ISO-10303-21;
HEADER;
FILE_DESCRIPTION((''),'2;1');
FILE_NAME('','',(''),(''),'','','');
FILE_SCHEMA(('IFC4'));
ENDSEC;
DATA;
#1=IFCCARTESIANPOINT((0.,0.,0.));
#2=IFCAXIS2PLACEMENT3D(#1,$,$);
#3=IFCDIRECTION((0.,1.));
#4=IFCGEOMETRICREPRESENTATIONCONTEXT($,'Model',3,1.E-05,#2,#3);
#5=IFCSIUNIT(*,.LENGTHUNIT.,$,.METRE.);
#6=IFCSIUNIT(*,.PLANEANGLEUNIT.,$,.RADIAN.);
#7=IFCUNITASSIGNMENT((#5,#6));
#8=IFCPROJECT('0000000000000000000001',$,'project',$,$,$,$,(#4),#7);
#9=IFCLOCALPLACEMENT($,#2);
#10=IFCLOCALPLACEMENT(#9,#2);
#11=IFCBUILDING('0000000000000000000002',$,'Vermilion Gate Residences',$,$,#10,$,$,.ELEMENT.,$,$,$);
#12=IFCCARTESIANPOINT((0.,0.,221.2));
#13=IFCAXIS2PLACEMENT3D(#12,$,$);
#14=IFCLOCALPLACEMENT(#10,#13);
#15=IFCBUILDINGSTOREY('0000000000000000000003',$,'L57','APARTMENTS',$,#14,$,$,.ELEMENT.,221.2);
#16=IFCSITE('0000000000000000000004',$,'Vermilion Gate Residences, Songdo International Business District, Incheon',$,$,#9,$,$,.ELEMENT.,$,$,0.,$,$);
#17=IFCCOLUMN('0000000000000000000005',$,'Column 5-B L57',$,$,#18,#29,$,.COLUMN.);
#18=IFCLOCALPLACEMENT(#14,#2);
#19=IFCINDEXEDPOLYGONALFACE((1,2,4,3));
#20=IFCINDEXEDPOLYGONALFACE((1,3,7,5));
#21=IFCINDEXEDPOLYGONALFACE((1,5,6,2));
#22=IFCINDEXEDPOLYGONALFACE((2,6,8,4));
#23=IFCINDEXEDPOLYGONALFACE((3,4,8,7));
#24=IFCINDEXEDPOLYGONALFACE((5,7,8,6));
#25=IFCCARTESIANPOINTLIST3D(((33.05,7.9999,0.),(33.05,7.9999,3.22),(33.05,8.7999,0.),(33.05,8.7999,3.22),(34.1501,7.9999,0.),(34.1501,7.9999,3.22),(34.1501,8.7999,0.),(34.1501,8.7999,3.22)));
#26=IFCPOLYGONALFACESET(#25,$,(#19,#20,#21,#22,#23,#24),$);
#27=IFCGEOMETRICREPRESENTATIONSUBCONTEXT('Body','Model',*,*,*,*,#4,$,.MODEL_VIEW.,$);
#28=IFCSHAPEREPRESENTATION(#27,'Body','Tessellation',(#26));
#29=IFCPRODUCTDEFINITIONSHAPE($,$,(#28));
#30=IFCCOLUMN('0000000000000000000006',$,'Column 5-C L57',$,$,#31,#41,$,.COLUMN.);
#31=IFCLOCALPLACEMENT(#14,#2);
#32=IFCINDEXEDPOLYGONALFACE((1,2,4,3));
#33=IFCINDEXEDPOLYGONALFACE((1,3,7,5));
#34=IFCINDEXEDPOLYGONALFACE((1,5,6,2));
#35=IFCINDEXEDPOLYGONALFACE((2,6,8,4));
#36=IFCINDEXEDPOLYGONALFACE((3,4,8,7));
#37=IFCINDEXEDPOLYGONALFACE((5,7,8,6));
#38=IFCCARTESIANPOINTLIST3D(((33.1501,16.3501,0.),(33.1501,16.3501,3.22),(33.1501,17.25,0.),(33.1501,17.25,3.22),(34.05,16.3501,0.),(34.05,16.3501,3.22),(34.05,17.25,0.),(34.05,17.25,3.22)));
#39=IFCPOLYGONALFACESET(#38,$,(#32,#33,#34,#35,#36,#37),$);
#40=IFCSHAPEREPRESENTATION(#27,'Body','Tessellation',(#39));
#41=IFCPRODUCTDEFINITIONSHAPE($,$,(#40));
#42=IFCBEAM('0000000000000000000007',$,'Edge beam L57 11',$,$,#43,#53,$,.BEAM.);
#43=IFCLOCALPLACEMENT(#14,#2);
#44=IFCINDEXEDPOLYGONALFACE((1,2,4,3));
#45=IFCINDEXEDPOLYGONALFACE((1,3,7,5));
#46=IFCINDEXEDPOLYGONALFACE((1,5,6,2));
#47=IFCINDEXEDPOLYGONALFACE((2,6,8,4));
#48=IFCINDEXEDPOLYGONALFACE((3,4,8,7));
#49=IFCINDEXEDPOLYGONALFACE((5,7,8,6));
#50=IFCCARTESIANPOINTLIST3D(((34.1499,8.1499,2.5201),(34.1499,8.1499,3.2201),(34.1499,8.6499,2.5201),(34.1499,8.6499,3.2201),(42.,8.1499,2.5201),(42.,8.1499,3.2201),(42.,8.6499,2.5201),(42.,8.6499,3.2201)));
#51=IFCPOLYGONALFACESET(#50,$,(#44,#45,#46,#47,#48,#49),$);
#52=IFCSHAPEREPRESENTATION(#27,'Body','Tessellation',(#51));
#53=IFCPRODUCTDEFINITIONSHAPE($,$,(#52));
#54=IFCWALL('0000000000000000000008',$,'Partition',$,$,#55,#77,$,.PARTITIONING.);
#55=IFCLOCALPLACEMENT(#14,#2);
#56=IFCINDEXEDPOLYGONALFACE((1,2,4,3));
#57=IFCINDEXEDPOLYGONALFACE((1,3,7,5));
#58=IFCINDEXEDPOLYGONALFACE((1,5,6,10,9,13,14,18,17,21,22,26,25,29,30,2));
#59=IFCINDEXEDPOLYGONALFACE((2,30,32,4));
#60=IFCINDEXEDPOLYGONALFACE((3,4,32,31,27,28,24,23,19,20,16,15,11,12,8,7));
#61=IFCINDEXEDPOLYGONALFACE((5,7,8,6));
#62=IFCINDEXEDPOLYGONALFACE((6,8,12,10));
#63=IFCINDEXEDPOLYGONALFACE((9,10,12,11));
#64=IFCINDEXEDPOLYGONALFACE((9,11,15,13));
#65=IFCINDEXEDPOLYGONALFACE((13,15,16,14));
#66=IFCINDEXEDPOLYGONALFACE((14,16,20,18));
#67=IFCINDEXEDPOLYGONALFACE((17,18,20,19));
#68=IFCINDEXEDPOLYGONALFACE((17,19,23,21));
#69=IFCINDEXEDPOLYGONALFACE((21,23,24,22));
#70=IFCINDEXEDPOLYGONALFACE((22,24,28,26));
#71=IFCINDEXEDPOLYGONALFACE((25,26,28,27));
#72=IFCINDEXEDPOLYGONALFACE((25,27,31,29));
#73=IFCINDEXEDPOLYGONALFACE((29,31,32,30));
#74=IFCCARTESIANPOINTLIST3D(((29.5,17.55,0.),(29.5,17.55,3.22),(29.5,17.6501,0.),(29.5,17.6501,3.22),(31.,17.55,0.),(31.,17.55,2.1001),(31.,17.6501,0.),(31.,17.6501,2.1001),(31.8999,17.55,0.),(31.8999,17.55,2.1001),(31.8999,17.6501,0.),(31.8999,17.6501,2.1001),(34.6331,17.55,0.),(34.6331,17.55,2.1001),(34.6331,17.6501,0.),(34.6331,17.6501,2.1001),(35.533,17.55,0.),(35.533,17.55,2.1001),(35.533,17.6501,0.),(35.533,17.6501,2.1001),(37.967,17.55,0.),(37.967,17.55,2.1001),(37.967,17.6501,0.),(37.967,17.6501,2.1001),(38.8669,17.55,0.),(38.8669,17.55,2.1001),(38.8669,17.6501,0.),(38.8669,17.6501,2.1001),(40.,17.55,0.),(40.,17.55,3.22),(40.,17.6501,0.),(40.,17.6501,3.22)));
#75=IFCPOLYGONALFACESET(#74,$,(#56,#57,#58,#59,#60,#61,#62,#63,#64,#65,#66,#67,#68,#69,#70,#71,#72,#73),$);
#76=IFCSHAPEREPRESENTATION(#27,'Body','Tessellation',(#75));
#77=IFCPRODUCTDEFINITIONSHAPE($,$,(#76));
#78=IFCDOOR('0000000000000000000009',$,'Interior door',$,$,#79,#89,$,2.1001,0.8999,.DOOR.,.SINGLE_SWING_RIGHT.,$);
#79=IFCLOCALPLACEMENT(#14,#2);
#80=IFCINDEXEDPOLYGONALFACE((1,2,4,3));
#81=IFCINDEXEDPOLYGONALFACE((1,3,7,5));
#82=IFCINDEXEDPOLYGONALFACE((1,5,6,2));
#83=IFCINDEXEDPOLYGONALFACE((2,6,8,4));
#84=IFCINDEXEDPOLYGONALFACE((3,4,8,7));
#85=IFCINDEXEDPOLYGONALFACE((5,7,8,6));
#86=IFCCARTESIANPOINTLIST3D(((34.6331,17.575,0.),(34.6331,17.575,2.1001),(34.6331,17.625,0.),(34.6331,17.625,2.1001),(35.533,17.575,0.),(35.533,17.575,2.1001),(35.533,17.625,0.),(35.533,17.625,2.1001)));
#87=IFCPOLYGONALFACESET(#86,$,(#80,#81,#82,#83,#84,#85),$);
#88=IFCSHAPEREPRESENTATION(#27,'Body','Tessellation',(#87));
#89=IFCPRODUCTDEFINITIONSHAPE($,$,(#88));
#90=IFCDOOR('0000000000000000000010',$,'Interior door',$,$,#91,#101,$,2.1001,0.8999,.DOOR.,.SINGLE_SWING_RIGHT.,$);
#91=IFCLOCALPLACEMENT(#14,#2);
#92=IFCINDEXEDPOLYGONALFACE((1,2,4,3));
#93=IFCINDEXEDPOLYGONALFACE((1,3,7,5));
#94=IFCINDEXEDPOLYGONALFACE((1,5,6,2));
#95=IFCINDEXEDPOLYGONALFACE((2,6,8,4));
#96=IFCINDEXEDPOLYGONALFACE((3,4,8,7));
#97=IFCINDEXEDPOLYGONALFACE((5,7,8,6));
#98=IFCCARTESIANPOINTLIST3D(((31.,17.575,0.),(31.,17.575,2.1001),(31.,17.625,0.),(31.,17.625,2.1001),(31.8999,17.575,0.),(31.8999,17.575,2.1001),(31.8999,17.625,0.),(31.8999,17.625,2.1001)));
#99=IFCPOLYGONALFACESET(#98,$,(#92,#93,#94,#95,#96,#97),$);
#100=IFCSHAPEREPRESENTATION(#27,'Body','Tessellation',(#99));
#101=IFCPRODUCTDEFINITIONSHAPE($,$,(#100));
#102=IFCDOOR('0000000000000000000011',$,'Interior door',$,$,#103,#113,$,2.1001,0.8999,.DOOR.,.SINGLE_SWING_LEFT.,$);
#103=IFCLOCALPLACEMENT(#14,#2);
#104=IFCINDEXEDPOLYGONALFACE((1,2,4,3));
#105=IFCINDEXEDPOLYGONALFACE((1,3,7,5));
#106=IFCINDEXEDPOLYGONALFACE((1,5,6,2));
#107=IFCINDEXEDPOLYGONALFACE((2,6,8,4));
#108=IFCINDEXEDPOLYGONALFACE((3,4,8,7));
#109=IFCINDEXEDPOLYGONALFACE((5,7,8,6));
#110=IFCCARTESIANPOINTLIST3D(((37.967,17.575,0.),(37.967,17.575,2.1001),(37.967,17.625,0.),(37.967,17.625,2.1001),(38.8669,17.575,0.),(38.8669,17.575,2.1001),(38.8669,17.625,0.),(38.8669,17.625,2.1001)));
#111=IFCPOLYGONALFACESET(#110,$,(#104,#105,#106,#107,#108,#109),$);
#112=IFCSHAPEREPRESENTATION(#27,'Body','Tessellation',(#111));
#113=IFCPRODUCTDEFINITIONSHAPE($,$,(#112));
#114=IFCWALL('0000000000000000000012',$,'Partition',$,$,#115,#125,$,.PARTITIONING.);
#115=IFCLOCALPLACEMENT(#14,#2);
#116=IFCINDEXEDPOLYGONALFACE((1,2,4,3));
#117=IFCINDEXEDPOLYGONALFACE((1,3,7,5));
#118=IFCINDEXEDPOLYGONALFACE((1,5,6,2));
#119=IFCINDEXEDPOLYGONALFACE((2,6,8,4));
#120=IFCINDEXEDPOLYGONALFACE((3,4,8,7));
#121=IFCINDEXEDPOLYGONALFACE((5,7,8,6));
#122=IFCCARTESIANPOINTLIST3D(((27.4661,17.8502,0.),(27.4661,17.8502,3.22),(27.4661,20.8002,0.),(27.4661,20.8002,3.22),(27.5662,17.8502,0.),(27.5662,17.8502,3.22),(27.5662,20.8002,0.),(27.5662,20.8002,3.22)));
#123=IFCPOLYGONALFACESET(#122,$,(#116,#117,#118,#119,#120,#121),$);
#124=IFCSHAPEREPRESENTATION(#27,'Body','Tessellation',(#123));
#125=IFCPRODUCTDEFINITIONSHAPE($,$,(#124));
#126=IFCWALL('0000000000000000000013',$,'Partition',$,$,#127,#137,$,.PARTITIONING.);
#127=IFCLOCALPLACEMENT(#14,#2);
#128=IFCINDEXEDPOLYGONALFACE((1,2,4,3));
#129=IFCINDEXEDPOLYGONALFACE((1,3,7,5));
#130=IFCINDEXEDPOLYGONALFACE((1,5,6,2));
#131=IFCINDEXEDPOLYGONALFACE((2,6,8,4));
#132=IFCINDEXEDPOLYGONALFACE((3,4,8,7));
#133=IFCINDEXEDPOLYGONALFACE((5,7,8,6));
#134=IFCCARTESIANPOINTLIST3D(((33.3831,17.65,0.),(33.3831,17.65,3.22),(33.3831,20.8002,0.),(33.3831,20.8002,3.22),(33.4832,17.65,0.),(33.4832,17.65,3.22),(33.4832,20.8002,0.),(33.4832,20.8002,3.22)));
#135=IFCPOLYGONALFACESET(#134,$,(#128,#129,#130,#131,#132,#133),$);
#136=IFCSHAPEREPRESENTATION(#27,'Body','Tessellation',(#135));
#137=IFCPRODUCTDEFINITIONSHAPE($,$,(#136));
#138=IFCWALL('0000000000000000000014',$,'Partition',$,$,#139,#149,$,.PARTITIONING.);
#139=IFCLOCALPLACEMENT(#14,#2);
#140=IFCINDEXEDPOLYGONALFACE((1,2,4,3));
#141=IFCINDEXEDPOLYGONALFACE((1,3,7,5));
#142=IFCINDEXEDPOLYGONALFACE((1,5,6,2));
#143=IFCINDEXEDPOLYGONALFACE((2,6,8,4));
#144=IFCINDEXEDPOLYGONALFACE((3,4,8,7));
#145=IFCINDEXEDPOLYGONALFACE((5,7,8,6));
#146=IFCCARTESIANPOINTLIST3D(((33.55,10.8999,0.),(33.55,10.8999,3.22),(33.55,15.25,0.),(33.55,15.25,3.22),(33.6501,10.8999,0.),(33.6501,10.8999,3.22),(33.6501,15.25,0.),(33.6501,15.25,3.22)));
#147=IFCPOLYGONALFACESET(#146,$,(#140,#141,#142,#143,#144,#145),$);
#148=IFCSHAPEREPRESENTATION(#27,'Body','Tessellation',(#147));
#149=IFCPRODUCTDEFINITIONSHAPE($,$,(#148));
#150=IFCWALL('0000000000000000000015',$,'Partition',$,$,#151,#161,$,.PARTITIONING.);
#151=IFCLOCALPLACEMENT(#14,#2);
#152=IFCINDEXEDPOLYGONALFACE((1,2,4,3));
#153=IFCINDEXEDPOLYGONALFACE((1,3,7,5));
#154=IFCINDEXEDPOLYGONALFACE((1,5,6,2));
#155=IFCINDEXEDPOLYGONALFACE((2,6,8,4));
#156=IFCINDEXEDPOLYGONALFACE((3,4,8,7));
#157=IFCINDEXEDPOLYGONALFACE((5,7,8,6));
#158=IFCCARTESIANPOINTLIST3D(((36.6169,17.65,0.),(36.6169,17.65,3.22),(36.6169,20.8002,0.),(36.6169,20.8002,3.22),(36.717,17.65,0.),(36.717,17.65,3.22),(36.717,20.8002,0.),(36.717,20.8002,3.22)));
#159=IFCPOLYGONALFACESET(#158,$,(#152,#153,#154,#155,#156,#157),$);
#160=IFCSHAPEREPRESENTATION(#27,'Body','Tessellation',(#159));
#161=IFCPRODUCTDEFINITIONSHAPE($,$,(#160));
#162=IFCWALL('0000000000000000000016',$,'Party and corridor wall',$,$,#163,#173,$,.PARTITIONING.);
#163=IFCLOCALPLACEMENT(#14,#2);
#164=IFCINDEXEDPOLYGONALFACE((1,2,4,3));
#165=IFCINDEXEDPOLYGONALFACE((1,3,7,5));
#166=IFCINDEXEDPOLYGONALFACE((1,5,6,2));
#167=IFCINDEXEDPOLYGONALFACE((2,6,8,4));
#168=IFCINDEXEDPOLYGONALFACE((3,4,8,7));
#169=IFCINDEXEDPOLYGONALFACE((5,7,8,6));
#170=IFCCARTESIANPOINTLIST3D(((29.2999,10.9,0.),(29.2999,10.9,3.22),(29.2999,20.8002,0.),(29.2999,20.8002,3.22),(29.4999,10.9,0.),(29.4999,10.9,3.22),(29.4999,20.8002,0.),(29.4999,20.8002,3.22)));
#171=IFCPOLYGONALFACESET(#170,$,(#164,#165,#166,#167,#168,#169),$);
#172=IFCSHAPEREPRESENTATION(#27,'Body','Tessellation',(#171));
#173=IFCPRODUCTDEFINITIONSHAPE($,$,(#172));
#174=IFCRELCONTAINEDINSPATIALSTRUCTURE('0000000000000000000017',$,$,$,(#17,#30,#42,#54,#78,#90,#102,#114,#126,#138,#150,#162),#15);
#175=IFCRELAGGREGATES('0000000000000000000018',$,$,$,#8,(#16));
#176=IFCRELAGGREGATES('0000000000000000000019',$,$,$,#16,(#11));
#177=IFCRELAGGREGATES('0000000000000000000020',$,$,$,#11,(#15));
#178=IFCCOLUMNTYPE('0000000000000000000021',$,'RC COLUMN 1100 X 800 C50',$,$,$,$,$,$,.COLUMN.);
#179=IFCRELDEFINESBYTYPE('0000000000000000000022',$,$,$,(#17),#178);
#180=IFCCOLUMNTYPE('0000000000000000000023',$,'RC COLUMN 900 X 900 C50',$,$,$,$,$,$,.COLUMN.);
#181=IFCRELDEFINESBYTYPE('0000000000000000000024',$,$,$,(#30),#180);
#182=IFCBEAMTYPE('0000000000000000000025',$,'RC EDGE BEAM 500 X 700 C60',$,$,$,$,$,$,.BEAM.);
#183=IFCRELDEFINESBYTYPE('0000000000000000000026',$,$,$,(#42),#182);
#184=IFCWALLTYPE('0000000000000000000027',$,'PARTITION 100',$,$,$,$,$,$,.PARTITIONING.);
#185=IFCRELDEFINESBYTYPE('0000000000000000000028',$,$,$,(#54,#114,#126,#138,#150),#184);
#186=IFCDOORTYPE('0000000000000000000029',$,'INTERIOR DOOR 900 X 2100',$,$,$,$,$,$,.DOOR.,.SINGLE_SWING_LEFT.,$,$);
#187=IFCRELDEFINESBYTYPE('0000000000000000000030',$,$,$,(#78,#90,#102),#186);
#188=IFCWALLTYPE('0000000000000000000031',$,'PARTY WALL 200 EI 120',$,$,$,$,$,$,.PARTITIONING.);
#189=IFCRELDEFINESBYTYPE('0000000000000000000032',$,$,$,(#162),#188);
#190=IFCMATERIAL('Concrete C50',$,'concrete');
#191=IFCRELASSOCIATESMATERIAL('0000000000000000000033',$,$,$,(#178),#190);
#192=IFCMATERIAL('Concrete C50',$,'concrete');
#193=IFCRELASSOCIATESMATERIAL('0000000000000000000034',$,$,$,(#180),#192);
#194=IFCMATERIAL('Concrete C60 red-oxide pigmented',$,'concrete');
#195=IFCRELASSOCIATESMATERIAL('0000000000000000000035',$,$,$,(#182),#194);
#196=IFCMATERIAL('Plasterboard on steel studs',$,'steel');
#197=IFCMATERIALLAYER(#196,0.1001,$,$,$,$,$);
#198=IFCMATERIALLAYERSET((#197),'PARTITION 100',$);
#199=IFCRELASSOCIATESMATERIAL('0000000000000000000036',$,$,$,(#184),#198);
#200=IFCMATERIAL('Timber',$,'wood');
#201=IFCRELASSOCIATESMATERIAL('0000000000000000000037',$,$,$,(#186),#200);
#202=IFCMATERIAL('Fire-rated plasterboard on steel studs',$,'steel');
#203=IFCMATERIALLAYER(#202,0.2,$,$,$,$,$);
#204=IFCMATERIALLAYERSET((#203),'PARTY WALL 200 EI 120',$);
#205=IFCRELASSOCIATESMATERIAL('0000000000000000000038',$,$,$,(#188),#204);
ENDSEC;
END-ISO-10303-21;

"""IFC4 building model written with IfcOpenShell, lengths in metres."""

from ifc_helpers import new_model, si_unit, direction, frame, frame_2d, origin, origin_2d, place, context, subcontext, project, spatial, rectangle, extrude, material, layer, layer_set, material_profile, profile_set, type_object, element, fill, save


model = new_model("IFC4")

# Units and contexts
model_context = context("Model", 3, precision=1e-05, world=origin(), true_north=direction((0.0, 1.0)))
body_context = subcontext(model_context, "Body", "Model", "MODEL_VIEW")
ifc_project = project(units=[si_unit("LENGTHUNIT", "METRE"), si_unit("PLANEANGLEUNIT", "RADIAN")], contexts=[model_context])

# Site, building, storey
site_placement = place(None, origin())
site = spatial("IfcSite", under=ifc_project, at=site_placement, Name="Vermilion Gate Residences, Songdo International Business District, Incheon", CompositionType="ELEMENT", RefElevation=0.0)
building_placement = place(site_placement, origin())
building = spatial("IfcBuilding", under=site, at=building_placement, Name="Vermilion Gate Residences", CompositionType="ELEMENT")
storey_placement = place(building_placement, frame((0.0, 0.0, 221.2)))
storey = spatial("IfcBuildingStorey", under=building, at=storey_placement, Name="L57", Description="APARTMENTS", CompositionType="ELEMENT", Elevation=221.2)

# Columns
ifc_material_1 = material(Name="Concrete C50", Category="concrete")
ifc_material_profile_1 = material_profile(ifc_material_1, rectangle(XDim=1.1001, YDim=0.8, at=origin_2d()), Name="RC-1100x800")
ifc_profile_set_1 = profile_set([ifc_material_profile_1], Name="Concrete C50")
column_type_1 = type_object("IfcColumnType", Name="RC COLUMN 1100 X 800 C50", PredefinedType="COLUMN", material=ifc_profile_set_1)
column_1_placement = place(storey_placement, frame((33.6001, 8.3999, 0.0), z_axis=(0.0, 0.0, 1.0), x_axis=(1.0, 0.0, 0.0)))
element("IfcColumn", 1, at=column_1_placement, inside=storey, type_object=column_type_1, Name="Column 5-B L57", PredefinedType="COLUMN", context=body_context, shape_type="SweptSolid", body=[
    extrude(rectangle(XDim=1.1001, YDim=0.8, at=origin_2d()), origin(), (0.0, 0.0, 1.0), 3.22),
])
ifc_material_2 = material(Name="Concrete C50", Category="concrete")
ifc_material_profile_2 = material_profile(ifc_material_2, rectangle(XDim=0.8999, YDim=0.8999, at=origin_2d()), Name="RC-900x900")
ifc_profile_set_2 = profile_set([ifc_material_profile_2], Name="Concrete C50")
column_type_2 = type_object("IfcColumnType", Name="RC COLUMN 900 X 900 C50", PredefinedType="COLUMN", material=ifc_profile_set_2)
column_2_placement = place(storey_placement, frame((33.6001, 16.8, 0.0), z_axis=(0.0, 0.0, 1.0), x_axis=(1.0, 0.0, 0.0)))
element("IfcColumn", 2, at=column_2_placement, inside=storey, type_object=column_type_2, Name="Column 5-C L57", PredefinedType="COLUMN", context=body_context, shape_type="SweptSolid", body=[
    extrude(rectangle(XDim=0.8999, YDim=0.8999, at=origin_2d()), origin(), (0.0, 0.0, 1.0), 3.22),
])

# Beam
ifc_material_3 = material(Name="Concrete C60 red-oxide pigmented", Category="concrete")
ifc_material_profile_3 = material_profile(ifc_material_3, rectangle(XDim=0.5, YDim=0.7, at=origin_2d()), Name="RC-500x700")
ifc_profile_set_3 = profile_set([ifc_material_profile_3], Name="Concrete C60 red-oxide pigmented")
beam_type = type_object("IfcBeamType", Name="RC EDGE BEAM 500 X 700 C60", PredefinedType="BEAM", material=ifc_profile_set_3)
beam_placement = place(storey_placement, frame((34.1499, 8.3999, 2.8701), z_axis=(1.0, 0.0, 0.0), x_axis=(0.0, 1.0, 0.0)))
element("IfcBeam", 3, at=beam_placement, inside=storey, type_object=beam_type, Name="Edge beam L57 11", PredefinedType="BEAM", context=body_context, shape_type="SweptSolid", body=[
    extrude(rectangle(XDim=0.5, YDim=0.7, at=origin_2d()), origin(), (0.0, 0.0, 1.0), 7.8501),
])

# Wall, openings, doors
ifc_material_4 = material(Name="Plasterboard on steel studs", Category="steel")
ifc_layer_1 = layer(ifc_material_4, 0.1001)
ifc_layer_set_1 = layer_set([ifc_layer_1], Name="PARTITION 100")
wall_type_1 = type_object("IfcWallType", Name="PARTITION 100", PredefinedType="PARTITIONING", material=ifc_layer_set_1)
wall_1_placement = place(storey_placement, frame((29.5, 17.6001, 0.0), z_axis=(0.0, 0.0, 1.0), x_axis=(1.0, 0.0, 0.0)))
wall_1 = element("IfcWall", 4, at=wall_1_placement, inside=storey, type_object=wall_type_1, Name="Partition", PredefinedType="PARTITIONING", context=body_context, shape_type="SweptSolid", body=[
    extrude(rectangle(XDim=10.5, YDim=0.1001, at=frame_2d((5.25, 0.0))), origin(), (0.0, 0.0, 1.0), 3.22),
])
opening_1_placement = place(wall_1_placement, frame((5.1331, 0.0, 0.0)))
opening_1 = element("IfcOpeningElement", 5, at=opening_1_placement, cuts=wall_1, PredefinedType="OPENING", context=body_context, shape_type="SweptSolid", body=[
    extrude(rectangle(XDim=0.8999, YDim=2.1001, at=frame_2d((0.45, 1.05))), frame((0.0, 0.0601, 0.0), z_axis=(0.0, -1.0, 0.0), x_axis=(1.0, 0.0, 0.0)), (0.0, 0.0, 1.0), 0.1201),
])
opening_2_placement = place(wall_1_placement, frame((1.5, 0.0, 0.0)))
opening_2 = element("IfcOpeningElement", 6, at=opening_2_placement, cuts=wall_1, PredefinedType="OPENING", context=body_context, shape_type="SweptSolid", body=[
    extrude(rectangle(XDim=0.8999, YDim=2.1001, at=frame_2d((0.45, 1.05))), frame((0.0, 0.0601, 0.0), z_axis=(0.0, -1.0, 0.0), x_axis=(1.0, 0.0, 0.0)), (0.0, 0.0, 1.0), 0.1201),
])
opening_3_placement = place(wall_1_placement, frame((8.467, 0.0, 0.0)))
opening_3 = element("IfcOpeningElement", 7, at=opening_3_placement, cuts=wall_1, PredefinedType="OPENING", context=body_context, shape_type="SweptSolid", body=[
    extrude(rectangle(XDim=0.8999, YDim=2.1001, at=frame_2d((0.45, 1.05))), frame((0.0, 0.0601, 0.0), z_axis=(0.0, -1.0, 0.0), x_axis=(1.0, 0.0, 0.0)), (0.0, 0.0, 1.0), 0.1201),
])
ifc_material_5 = material(Name="Timber", Category="wood")
door_type = type_object("IfcDoorType", Name="INTERIOR DOOR 900 X 2100", OperationType="SINGLE_SWING_LEFT", PredefinedType="DOOR", material=ifc_material_5)
door_1_placement = place(opening_1_placement, origin())
door_1 = element("IfcDoor", 8, at=door_1_placement, inside=storey, type_object=door_type, Name="Interior door", OperationType="SINGLE_SWING_RIGHT", OverallHeight=2.1001, OverallWidth=0.8999, PredefinedType="DOOR", context=body_context, shape_type="SweptSolid", body=[
    extrude(rectangle(XDim=0.8999, YDim=2.1001, at=frame_2d((0.45, 1.05))), frame((0.0, 0.0249, 0.0), z_axis=(0.0, -1.0, 0.0), x_axis=(1.0, 0.0, 0.0)), (0.0, 0.0, 1.0), 0.05),
])
fill(opening_1, door_1)
door_2_placement = place(opening_2_placement, origin())
door_2 = element("IfcDoor", 9, at=door_2_placement, inside=storey, type_object=door_type, Name="Interior door", OperationType="SINGLE_SWING_RIGHT", OverallHeight=2.1001, OverallWidth=0.8999, PredefinedType="DOOR", context=body_context, shape_type="SweptSolid", body=[
    extrude(rectangle(XDim=0.8999, YDim=2.1001, at=frame_2d((0.45, 1.05))), frame((0.0, 0.0249, 0.0), z_axis=(0.0, -1.0, 0.0), x_axis=(1.0, 0.0, 0.0)), (0.0, 0.0, 1.0), 0.05),
])
fill(opening_2, door_2)
door_3_placement = place(opening_3_placement, origin())
door_3 = element("IfcDoor", 10, at=door_3_placement, inside=storey, type_object=door_type, Name="Interior door", OperationType="SINGLE_SWING_LEFT", OverallHeight=2.1001, OverallWidth=0.8999, PredefinedType="DOOR", context=body_context, shape_type="SweptSolid", body=[
    extrude(rectangle(XDim=0.8999, YDim=2.1001, at=frame_2d((0.45, 1.05))), frame((0.0, 0.0249, 0.0), z_axis=(0.0, -1.0, 0.0), x_axis=(1.0, 0.0, 0.0)), (0.0, 0.0, 1.0), 0.05),
])
fill(opening_3, door_3)

# Walls
wall_2_placement = place(storey_placement, frame((27.5161, 17.8501, 0.0), z_axis=(0.0, 0.0, 1.0), x_axis=(0.0, 1.0, 0.0)))
element("IfcWall", 11, at=wall_2_placement, inside=storey, type_object=wall_type_1, Name="Partition", PredefinedType="PARTITIONING", context=body_context, shape_type="SweptSolid", body=[
    extrude(rectangle(XDim=2.95, YDim=0.1001, at=frame_2d((1.4751, 0.0))), origin(), (0.0, 0.0, 1.0), 3.22),
])
wall_3_placement = place(storey_placement, frame((33.4331, 17.6499, 0.0), z_axis=(0.0, 0.0, 1.0), x_axis=(0.0, 1.0, 0.0)))
element("IfcWall", 12, at=wall_3_placement, inside=storey, type_object=wall_type_1, Name="Partition", PredefinedType="PARTITIONING", context=body_context, shape_type="SweptSolid", body=[
    extrude(rectangle(XDim=3.1501, YDim=0.1001, at=frame_2d((1.5752, 0.0))), origin(), (0.0, 0.0, 1.0), 3.22),
])
wall_4_placement = place(storey_placement, frame((33.6001, 10.8999, 0.0), z_axis=(0.0, 0.0, 1.0), x_axis=(0.0, 1.0, 0.0)))
element("IfcWall", 13, at=wall_4_placement, inside=storey, type_object=wall_type_1, Name="Partition", PredefinedType="PARTITIONING", context=body_context, shape_type="SweptSolid", body=[
    extrude(rectangle(XDim=4.3501, YDim=0.1001, at=frame_2d((2.175, 0.0))), origin(), (0.0, 0.0, 1.0), 3.22),
])
wall_5_placement = place(storey_placement, frame((36.667, 17.6499, 0.0), z_axis=(0.0, 0.0, 1.0), x_axis=(0.0, 1.0, 0.0)))
element("IfcWall", 14, at=wall_5_placement, inside=storey, type_object=wall_type_1, Name="Partition", PredefinedType="PARTITIONING", context=body_context, shape_type="SweptSolid", body=[
    extrude(rectangle(XDim=3.1501, YDim=0.1001, at=frame_2d((1.5752, 0.0))), origin(), (0.0, 0.0, 1.0), 3.22),
])
ifc_material_6 = material(Name="Fire-rated plasterboard on steel studs", Category="steel")
ifc_layer_2 = layer(ifc_material_6, 0.2)
ifc_layer_set_2 = layer_set([ifc_layer_2], Name="PARTY WALL 200 EI 120")
wall_type_2 = type_object("IfcWallType", Name="PARTY WALL 200 EI 120", PredefinedType="PARTITIONING", material=ifc_layer_set_2)
wall_6_placement = place(storey_placement, frame((29.3999, 10.8999, 0.0), z_axis=(0.0, 0.0, 1.0), x_axis=(0.0, 1.0, 0.0)))
element("IfcWall", 15, at=wall_6_placement, inside=storey, type_object=wall_type_2, Name="Party and corridor wall", PredefinedType="PARTITIONING", context=body_context, shape_type="SweptSolid", body=[
    extrude(rectangle(XDim=9.9001, YDim=0.2, at=frame_2d((4.9502, 0.0))), origin(), (0.0, 0.0, 1.0), 3.22),
])

save(model, "model.ifc")
